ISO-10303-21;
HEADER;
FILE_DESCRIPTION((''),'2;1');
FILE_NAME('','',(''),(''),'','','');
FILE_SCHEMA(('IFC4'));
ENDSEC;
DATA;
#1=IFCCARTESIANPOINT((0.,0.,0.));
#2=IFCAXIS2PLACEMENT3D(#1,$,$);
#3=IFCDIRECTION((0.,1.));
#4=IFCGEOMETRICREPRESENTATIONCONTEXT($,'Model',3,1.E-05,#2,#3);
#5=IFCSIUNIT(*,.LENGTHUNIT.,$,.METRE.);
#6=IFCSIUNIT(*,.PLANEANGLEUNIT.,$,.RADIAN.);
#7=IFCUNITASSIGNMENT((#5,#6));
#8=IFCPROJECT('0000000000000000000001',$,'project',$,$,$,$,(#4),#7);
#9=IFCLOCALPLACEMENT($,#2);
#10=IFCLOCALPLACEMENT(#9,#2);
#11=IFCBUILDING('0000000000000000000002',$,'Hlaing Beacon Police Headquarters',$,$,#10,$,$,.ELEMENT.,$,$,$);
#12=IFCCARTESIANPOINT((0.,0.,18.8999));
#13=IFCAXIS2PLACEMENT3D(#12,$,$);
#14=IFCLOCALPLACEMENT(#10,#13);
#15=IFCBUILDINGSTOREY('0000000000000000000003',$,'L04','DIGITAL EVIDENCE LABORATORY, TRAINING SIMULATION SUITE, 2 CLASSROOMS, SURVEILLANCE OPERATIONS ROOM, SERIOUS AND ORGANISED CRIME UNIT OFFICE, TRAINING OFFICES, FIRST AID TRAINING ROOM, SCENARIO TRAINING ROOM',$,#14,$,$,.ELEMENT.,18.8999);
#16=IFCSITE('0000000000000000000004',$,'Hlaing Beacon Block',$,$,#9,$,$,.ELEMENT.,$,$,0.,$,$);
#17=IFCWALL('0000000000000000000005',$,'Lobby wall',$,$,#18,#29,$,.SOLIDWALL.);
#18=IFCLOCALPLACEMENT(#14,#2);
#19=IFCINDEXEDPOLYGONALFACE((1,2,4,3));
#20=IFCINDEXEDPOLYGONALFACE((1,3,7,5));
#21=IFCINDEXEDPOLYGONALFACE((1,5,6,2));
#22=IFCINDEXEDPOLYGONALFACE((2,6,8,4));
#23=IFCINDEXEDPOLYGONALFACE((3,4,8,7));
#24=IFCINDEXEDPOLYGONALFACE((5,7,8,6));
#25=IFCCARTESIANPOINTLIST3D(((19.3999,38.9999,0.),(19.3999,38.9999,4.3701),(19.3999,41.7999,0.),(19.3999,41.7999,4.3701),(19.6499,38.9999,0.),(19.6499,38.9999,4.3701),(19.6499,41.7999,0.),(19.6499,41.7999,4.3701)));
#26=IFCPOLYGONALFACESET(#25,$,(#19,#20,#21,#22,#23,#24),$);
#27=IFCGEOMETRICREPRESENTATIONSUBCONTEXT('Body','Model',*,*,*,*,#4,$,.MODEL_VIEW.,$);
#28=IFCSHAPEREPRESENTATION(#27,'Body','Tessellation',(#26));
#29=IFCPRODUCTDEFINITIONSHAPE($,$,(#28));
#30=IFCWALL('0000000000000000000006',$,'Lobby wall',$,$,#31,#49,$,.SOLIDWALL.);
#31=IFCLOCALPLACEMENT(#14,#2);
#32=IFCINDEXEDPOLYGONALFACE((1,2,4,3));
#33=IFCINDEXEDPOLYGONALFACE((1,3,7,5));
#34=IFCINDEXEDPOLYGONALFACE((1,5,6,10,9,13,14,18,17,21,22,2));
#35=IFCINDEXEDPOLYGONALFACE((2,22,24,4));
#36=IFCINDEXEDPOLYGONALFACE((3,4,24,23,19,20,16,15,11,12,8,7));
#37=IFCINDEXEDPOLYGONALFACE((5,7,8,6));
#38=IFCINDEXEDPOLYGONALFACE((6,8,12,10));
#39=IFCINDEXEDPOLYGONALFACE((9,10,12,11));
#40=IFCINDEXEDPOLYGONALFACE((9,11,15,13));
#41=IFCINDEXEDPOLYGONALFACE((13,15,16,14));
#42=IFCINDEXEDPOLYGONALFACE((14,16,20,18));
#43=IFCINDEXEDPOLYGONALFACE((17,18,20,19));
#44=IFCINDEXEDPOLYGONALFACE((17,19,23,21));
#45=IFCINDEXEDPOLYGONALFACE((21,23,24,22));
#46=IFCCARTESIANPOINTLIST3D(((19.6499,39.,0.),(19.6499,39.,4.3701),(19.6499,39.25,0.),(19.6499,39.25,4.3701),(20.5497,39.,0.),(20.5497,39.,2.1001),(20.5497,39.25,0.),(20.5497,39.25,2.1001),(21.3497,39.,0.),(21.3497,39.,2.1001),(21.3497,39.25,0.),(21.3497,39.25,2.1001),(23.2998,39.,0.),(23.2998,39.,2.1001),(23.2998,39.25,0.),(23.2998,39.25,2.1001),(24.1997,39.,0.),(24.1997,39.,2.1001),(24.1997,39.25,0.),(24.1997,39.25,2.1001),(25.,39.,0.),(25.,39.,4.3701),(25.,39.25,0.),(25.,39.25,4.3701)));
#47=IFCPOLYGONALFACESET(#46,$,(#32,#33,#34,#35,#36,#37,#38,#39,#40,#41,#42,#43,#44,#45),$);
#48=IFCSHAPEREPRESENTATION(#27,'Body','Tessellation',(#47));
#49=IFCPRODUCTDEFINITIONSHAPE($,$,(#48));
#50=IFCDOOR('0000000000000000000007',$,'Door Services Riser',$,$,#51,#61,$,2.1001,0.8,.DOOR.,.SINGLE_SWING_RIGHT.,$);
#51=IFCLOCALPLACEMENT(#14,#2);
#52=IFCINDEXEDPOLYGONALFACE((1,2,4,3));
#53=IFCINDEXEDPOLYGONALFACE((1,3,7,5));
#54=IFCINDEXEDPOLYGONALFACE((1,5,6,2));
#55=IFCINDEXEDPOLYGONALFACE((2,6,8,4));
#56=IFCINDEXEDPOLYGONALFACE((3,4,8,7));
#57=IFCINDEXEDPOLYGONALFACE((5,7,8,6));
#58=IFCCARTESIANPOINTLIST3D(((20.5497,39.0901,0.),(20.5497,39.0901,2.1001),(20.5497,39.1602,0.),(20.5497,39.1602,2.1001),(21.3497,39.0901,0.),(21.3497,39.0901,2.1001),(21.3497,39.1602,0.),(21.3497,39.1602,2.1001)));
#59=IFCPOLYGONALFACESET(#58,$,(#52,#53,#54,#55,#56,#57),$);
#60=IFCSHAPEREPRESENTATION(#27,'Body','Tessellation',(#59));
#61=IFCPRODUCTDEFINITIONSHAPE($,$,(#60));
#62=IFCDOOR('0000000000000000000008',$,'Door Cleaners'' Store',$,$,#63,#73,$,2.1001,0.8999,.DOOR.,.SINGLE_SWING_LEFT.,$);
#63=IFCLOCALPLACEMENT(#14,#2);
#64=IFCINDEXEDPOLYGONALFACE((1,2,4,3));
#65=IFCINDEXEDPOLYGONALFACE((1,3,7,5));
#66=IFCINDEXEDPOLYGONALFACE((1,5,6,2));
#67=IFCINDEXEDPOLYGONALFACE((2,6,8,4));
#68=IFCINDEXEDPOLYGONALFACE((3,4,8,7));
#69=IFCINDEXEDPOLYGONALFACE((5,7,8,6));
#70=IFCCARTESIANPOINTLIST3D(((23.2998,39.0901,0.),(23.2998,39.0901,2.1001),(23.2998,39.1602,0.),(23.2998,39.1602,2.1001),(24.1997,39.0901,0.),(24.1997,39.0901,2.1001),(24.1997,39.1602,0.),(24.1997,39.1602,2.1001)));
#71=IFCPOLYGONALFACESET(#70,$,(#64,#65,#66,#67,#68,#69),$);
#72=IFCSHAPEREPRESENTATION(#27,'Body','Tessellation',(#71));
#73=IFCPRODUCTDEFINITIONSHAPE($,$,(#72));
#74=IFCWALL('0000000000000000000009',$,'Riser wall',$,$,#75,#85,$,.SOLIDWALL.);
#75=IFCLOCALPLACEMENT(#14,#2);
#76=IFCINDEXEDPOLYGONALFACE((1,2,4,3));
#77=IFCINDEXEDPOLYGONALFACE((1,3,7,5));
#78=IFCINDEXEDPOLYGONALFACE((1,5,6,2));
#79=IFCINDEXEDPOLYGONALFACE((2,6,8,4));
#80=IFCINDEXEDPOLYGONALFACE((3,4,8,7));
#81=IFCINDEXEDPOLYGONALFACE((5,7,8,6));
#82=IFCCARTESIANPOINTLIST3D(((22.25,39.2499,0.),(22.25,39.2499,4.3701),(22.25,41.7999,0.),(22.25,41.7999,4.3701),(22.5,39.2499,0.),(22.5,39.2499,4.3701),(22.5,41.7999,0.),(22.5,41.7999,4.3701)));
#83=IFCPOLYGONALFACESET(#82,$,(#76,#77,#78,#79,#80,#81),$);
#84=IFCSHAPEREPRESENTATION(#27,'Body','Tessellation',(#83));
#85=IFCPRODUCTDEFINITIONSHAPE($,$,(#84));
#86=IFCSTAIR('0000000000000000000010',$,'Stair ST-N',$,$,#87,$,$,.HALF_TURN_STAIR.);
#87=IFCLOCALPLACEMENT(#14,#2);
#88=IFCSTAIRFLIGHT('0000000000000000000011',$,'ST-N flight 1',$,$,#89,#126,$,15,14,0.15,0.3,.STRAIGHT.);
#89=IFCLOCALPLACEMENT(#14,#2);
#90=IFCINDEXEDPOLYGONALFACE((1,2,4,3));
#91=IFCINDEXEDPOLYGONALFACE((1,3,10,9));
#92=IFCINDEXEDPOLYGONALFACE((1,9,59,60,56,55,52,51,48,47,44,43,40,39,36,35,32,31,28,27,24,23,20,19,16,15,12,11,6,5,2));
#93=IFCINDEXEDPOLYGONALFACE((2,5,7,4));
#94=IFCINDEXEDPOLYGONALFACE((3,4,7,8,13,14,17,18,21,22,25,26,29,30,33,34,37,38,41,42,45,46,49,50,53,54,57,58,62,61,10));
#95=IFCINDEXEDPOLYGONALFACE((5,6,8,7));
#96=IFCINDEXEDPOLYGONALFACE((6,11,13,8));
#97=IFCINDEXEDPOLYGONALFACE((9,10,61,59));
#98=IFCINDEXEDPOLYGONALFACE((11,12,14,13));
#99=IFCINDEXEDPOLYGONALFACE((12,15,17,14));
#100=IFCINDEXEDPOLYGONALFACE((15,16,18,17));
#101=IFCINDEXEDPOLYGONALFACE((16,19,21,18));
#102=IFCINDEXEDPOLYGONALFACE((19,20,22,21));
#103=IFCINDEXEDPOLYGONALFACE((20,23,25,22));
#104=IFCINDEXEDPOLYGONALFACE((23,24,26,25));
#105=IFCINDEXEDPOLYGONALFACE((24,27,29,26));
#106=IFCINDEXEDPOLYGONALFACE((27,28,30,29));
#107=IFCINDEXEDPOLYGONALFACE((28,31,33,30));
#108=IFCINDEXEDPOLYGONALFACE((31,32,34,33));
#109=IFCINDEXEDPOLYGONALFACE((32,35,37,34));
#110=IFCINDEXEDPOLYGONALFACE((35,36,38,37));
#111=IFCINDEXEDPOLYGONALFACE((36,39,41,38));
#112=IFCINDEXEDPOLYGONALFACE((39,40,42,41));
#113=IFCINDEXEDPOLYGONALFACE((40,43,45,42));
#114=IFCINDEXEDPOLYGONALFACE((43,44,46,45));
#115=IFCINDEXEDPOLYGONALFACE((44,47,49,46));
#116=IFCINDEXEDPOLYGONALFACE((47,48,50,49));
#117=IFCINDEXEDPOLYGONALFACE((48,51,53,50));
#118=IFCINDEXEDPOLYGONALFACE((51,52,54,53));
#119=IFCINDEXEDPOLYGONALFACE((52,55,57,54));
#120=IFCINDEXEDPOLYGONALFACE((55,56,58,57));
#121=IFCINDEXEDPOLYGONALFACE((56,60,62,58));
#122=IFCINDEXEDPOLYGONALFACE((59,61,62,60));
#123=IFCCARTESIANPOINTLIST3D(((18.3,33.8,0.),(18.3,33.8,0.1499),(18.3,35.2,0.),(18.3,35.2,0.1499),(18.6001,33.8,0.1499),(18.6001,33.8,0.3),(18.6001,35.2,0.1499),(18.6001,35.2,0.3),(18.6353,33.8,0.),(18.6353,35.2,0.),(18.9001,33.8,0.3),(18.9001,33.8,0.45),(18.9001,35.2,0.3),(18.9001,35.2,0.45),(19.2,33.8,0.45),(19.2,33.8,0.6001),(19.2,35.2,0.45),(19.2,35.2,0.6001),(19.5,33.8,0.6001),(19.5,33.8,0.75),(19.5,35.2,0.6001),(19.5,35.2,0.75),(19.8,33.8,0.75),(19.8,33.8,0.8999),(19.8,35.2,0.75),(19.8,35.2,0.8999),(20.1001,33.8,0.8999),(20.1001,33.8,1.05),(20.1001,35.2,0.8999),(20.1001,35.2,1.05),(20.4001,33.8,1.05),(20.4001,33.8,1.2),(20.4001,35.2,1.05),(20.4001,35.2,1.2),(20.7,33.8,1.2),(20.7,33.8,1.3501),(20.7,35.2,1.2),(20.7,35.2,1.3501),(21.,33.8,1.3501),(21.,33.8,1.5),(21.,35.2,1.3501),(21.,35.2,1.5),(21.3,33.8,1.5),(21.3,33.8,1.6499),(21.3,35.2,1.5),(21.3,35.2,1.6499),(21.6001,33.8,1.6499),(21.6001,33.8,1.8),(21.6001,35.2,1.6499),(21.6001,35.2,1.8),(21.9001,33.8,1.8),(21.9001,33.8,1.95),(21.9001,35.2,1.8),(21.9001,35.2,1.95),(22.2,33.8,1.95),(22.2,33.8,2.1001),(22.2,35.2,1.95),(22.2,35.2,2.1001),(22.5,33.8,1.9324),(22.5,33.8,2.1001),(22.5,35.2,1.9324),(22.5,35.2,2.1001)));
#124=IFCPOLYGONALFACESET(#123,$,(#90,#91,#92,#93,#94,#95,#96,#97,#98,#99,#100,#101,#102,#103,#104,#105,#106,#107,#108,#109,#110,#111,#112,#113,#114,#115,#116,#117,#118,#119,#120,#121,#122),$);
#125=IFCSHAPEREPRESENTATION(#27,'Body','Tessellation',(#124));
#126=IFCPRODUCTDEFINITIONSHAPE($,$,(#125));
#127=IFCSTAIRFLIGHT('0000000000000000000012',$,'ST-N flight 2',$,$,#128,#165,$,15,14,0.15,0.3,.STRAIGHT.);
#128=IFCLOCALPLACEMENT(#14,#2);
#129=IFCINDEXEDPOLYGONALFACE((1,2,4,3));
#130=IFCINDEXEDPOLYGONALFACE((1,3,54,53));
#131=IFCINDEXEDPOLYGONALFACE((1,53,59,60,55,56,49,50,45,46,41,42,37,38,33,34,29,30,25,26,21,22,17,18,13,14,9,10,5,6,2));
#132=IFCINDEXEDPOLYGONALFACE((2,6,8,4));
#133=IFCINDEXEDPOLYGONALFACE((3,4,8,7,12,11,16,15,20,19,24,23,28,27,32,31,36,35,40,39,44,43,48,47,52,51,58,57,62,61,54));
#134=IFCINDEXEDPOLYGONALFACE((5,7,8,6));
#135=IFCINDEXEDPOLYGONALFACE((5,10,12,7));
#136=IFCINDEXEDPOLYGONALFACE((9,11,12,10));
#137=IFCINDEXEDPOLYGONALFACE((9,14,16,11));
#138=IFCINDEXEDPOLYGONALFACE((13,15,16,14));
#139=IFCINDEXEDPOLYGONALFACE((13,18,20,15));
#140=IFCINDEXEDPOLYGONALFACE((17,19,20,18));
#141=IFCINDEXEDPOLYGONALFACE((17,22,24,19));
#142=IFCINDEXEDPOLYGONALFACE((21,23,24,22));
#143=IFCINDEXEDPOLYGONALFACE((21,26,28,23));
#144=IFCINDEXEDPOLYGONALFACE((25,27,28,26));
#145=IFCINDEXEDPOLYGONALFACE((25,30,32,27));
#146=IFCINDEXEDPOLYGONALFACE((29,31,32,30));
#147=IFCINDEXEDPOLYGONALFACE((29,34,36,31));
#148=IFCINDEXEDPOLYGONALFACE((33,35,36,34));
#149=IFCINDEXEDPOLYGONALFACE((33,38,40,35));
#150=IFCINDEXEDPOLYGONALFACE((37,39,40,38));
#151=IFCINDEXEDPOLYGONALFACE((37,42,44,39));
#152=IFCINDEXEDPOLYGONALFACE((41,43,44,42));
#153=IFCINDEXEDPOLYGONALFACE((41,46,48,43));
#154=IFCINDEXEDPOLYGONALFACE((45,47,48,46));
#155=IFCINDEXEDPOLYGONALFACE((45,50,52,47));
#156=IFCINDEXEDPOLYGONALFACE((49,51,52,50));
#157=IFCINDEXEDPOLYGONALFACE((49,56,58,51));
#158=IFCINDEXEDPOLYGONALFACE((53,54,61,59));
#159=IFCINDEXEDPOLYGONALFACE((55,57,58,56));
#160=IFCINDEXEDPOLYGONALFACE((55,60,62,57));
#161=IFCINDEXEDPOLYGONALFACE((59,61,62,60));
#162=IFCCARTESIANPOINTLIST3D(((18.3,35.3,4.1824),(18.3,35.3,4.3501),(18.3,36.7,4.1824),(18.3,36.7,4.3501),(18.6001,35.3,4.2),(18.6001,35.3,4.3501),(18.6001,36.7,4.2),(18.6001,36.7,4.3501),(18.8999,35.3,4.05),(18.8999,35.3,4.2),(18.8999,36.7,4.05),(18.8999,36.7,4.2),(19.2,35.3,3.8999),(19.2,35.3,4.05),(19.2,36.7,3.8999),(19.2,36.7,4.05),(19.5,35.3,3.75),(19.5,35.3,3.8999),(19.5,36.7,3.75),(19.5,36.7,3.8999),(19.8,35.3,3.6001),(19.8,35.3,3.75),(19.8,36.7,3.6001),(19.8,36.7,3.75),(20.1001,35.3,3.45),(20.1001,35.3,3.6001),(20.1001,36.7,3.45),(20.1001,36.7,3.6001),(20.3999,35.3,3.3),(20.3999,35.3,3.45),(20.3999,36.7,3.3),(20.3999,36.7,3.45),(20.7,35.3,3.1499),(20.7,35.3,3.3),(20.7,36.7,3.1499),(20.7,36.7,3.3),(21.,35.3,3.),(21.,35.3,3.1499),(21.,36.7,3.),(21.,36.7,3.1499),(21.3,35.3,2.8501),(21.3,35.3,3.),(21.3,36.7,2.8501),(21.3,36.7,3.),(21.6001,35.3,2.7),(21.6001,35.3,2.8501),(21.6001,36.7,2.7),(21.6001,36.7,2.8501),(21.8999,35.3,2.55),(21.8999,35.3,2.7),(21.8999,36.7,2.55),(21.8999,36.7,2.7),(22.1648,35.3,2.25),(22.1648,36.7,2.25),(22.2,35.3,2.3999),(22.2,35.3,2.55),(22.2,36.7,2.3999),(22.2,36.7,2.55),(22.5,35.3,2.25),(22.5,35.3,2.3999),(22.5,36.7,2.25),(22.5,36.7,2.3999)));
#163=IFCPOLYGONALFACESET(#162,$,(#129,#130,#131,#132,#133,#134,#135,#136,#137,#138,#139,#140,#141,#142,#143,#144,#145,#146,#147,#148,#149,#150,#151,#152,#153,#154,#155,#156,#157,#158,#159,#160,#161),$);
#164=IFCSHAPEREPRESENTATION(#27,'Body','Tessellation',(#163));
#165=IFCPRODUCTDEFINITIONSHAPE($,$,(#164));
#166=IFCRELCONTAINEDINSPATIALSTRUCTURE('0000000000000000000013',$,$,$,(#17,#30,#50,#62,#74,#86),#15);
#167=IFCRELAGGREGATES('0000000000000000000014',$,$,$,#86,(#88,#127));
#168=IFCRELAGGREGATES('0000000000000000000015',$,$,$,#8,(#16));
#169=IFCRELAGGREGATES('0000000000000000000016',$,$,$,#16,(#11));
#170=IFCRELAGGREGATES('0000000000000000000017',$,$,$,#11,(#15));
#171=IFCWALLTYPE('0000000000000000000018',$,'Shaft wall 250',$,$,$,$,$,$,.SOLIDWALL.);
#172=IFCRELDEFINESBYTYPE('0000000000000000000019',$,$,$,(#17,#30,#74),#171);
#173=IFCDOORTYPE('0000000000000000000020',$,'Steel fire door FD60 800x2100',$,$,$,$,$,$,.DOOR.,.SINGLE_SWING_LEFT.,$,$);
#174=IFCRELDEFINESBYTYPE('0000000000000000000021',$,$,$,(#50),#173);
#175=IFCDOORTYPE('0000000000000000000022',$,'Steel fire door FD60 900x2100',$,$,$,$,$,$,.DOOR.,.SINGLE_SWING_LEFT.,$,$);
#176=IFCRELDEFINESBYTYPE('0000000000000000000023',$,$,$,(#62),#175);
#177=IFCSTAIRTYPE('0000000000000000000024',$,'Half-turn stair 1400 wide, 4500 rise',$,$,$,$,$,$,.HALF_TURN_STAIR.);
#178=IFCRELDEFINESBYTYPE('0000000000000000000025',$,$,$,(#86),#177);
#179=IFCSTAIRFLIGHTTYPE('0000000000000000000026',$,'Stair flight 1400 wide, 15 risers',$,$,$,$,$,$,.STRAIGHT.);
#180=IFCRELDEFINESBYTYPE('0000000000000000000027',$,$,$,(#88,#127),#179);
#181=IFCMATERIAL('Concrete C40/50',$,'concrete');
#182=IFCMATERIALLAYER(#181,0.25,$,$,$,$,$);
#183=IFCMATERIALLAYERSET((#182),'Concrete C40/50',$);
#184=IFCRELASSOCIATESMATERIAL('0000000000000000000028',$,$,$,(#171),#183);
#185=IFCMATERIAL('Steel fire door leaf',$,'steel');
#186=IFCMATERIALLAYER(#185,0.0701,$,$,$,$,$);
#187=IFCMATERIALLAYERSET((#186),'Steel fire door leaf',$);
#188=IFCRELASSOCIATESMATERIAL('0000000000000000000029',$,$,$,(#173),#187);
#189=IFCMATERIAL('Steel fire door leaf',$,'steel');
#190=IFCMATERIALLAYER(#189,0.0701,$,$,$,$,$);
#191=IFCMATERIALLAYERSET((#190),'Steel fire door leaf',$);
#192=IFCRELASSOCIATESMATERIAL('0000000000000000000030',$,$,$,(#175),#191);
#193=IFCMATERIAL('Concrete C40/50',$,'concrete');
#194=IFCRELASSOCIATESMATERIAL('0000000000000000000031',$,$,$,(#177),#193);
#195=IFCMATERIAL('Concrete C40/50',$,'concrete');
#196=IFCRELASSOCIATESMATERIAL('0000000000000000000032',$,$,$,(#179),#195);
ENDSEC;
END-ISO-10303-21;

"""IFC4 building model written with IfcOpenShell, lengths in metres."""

from ifc_helpers import new_model, si_unit, direction, frame, frame_2d, origin, place, context, subcontext, project, spatial, polyline, rectangle, outline, extrude, material, layer, layer_set, type_object, element, fill, aggregate, save


model = new_model("IFC4")

# Units and contexts
model_context = context("Model", 3, precision=1e-05, world=origin(), true_north=direction((0.0, 1.0)))
body_context = subcontext(model_context, "Body", "Model", "MODEL_VIEW")
ifc_project = project(units=[si_unit("LENGTHUNIT", "METRE"), si_unit("PLANEANGLEUNIT", "RADIAN")], contexts=[model_context])

# Site, building, storey
site_placement = place(None, origin())
site = spatial("IfcSite", under=ifc_project, at=site_placement, Name="Hlaing Beacon Block", CompositionType="ELEMENT", RefElevation=0.0)
building_placement = place(site_placement, origin())
building = spatial("IfcBuilding", under=site, at=building_placement, Name="Hlaing Beacon Police Headquarters", CompositionType="ELEMENT")
storey_placement = place(building_placement, frame((0.0, 0.0, 18.8999)))
storey = spatial("IfcBuildingStorey", under=building, at=storey_placement, Name="L04", Description="DIGITAL EVIDENCE LABORATORY, TRAINING SIMULATION SUITE, 2 CLASSROOMS, SURVEILLANCE OPERATIONS ROOM, SERIOUS AND ORGANISED CRIME UNIT OFFICE, TRAINING OFFICES, FIRST AID TRAINING ROOM, SCENARIO TRAINING ROOM", CompositionType="ELEMENT", Elevation=18.8999)

# Shared definitions
ifc_material_1 = material(Name="Concrete C40/50", Category="concrete")
ifc_layer_1 = layer(ifc_material_1, 0.25)
ifc_layer_set_1 = layer_set([ifc_layer_1], Name="Concrete C40/50")
wall_type_1 = type_object("IfcWallType", Name="Shaft wall 250", PredefinedType="SOLIDWALL", material=ifc_layer_set_1)

# Wall
wall_1_placement = place(storey_placement, frame((19.5249, 39.0, 0.0), z_axis=(0.0, 0.0, 1.0), x_axis=(0.0, 1.0, 0.0)))
element("IfcWall", 1, at=wall_1_placement, inside=storey, type_object=wall_type_1, Name="Lobby wall", PredefinedType="SOLIDWALL", context=body_context, shape_type="SweptSolid", body=[
    extrude(rectangle(XDim=2.8, YDim=0.25, at=frame_2d((1.3999, 0.0))), origin(), (0.0, 0.0, 1.0), 4.3701),
])

# Wall, openings, doors
wall_2_placement = place(storey_placement, frame((19.6499, 39.125, 0.0), z_axis=(0.0, 0.0, 1.0), x_axis=(1.0, 0.0, 0.0)))
wall_2 = element("IfcWall", 2, at=wall_2_placement, inside=storey, type_object=wall_type_1, Name="Lobby wall", PredefinedType="SOLIDWALL", context=body_context, shape_type="SweptSolid", body=[
    extrude(rectangle(XDim=5.3501, YDim=0.25, at=frame_2d((2.675, 0.0))), origin(), (0.0, 0.0, 1.0), 4.3701),
])
opening_1_placement = place(wall_2_placement, frame((3.6499, 0.0, 0.0)))
opening_1 = element("IfcOpeningElement", 3, at=opening_1_placement, cuts=wall_2, PredefinedType="OPENING", context=body_context, shape_type="SweptSolid", body=[
    extrude(rectangle(XDim=0.8999, YDim=2.1001, at=frame_2d((0.45, 1.05))), frame((0.0, 0.135, 0.0), z_axis=(0.0, -1.0, 0.0), x_axis=(1.0, 0.0, 0.0)), (0.0, 0.0, 1.0), 0.27),
])
opening_2_placement = place(wall_2_placement, frame((0.8999, 0.0, 0.0)))
opening_2 = element("IfcOpeningElement", 4, at=opening_2_placement, cuts=wall_2, PredefinedType="OPENING", context=body_context, shape_type="SweptSolid", body=[
    extrude(rectangle(XDim=0.8, YDim=2.1001, at=frame_2d((0.3999, 1.05))), frame((0.0, 0.135, 0.0), z_axis=(0.0, -1.0, 0.0), x_axis=(1.0, 0.0, 0.0)), (0.0, 0.0, 1.0), 0.27),
])
ifc_material_2 = material(Name="Steel fire door leaf", Category="steel")
ifc_layer_2 = layer(ifc_material_2, 0.0701)
ifc_layer_set_2 = layer_set([ifc_layer_2], Name="Steel fire door leaf")
door_type_1 = type_object("IfcDoorType", Name="Steel fire door FD60 800x2100", OperationType="SINGLE_SWING_LEFT", PredefinedType="DOOR", material=ifc_layer_set_2)
door_1_placement = place(opening_2_placement, origin())
door_1 = element("IfcDoor", 5, at=door_1_placement, inside=storey, type_object=door_type_1, Name="Door Services Riser", OperationType="SINGLE_SWING_RIGHT", OverallHeight=2.1001, OverallWidth=0.8, PredefinedType="DOOR", context=body_context, shape_type="SweptSolid", body=[
    extrude(rectangle(XDim=0.8, YDim=2.1001, at=frame_2d((0.3999, 1.05))), frame((0.0, 0.0352, 0.0), z_axis=(0.0, -1.0, 0.0), x_axis=(1.0, 0.0, 0.0)), (0.0, 0.0, 1.0), 0.0701),
])
fill(opening_2, door_1)
ifc_material_3 = material(Name="Steel fire door leaf", Category="steel")
ifc_layer_3 = layer(ifc_material_3, 0.0701)
ifc_layer_set_3 = layer_set([ifc_layer_3], Name="Steel fire door leaf")
door_type_2 = type_object("IfcDoorType", Name="Steel fire door FD60 900x2100", OperationType="SINGLE_SWING_LEFT", PredefinedType="DOOR", material=ifc_layer_set_3)
door_2_placement = place(opening_1_placement, origin())
door_2 = element("IfcDoor", 6, at=door_2_placement, inside=storey, type_object=door_type_2, Name="Door Cleaners' Store", OperationType="SINGLE_SWING_LEFT", OverallHeight=2.1001, OverallWidth=0.8999, PredefinedType="DOOR", context=body_context, shape_type="SweptSolid", body=[
    extrude(rectangle(XDim=0.8999, YDim=2.1001, at=frame_2d((0.45, 1.05))), frame((0.0, 0.0352, 0.0), z_axis=(0.0, -1.0, 0.0), x_axis=(1.0, 0.0, 0.0)), (0.0, 0.0, 1.0), 0.0701),
])
fill(opening_1, door_2)

# Wall
wall_3_placement = place(storey_placement, frame((22.375, 39.25, 0.0), z_axis=(0.0, 0.0, 1.0), x_axis=(0.0, 1.0, 0.0)))
element("IfcWall", 7, at=wall_3_placement, inside=storey, type_object=wall_type_1, Name="Riser wall", PredefinedType="SOLIDWALL", context=body_context, shape_type="SweptSolid", body=[
    extrude(rectangle(XDim=2.55, YDim=0.25, at=frame_2d((1.2749, 0.0))), origin(), (0.0, 0.0, 1.0), 4.3701),
])

# Stair, stair flights
ifc_material_4 = material(Name="Concrete C40/50", Category="concrete")
stair_type = type_object("IfcStairType", Name="Half-turn stair 1400 wide, 4500 rise", PredefinedType="HALF_TURN_STAIR", material=ifc_material_4)
stair_placement = place(storey_placement, origin())
stair = element("IfcStair", 8, at=stair_placement, inside=storey, type_object=stair_type, Name="Stair ST-N", PredefinedType="HALF_TURN_STAIR")
ifc_material_5 = material(Name="Concrete C40/50", Category="concrete")
stair_flight_type = type_object("IfcStairFlightType", Name="Stair flight 1400 wide, 15 risers", PredefinedType="STRAIGHT", material=ifc_material_5)
stair_flight_1_placement = place(storey_placement, frame((18.3, 34.5, 0.0), z_axis=(0.0, 0.0, 1.0), x_axis=(1.0, 0.0, 0.0)))
stair_flight_1 = element("IfcStairFlight", 9, at=stair_flight_1_placement, type_object=stair_flight_type, Name="ST-N flight 1", NumberOfRisers=15, NumberOfTreads=14, PredefinedType="STRAIGHT", RiserHeight=0.15, TreadLength=0.3, context=body_context, shape_type="SweptSolid", body=[
    extrude(outline(polyline([(0.0, 0.0), (0.0, 0.1499), (0.3, 0.1499), (0.3, 0.3), (0.6001, 0.3), (0.6001, 0.45), (0.8999, 0.45), (0.8999, 0.6001), (1.2, 0.6001), (1.2, 0.75), (1.5, 0.75), (1.5, 0.8999), (1.8, 0.8999), (1.8, 1.05), (2.1001, 1.05), (2.1001, 1.2), (2.3999, 1.2), (2.3999, 1.3501), (2.7, 1.3501), (2.7, 1.5), (3.0, 1.5), (3.0, 1.6499), (3.3, 1.6499), (3.3, 1.8), (3.6001, 1.8), (3.6001, 1.95), (3.8999, 1.95), (3.8999, 2.1001), (4.2, 2.1001), (4.2, 2.25), (4.2, 1.9324), (0.3352, 0.0), (0.0, 0.0)])), frame((0.0, 0.7, 0.0), z_axis=(0.0, -1.0, 0.0), x_axis=(1.0, 0.0, 0.0)), (0.0, 0.0, 1.0), 1.3999),
])
stair_flight_2_placement = place(storey_placement, frame((22.5, 36.0, 2.25), z_axis=(0.0, 0.0, 1.0), x_axis=(-1.0, 0.0, 0.0)))
stair_flight_2 = element("IfcStairFlight", 10, at=stair_flight_2_placement, type_object=stair_flight_type, Name="ST-N flight 2", NumberOfRisers=15, NumberOfTreads=14, PredefinedType="STRAIGHT", RiserHeight=0.15, TreadLength=0.3, context=body_context, shape_type="SweptSolid", body=[
    extrude(outline(polyline([(0.0, 0.0), (0.0, 0.1499), (0.3, 0.1499), (0.3, 0.3), (0.6001, 0.3), (0.6001, 0.45), (0.8999, 0.45), (0.8999, 0.6001), (1.2, 0.6001), (1.2, 0.75), (1.5, 0.75), (1.5, 0.8999), (1.8, 0.8999), (1.8, 1.05), (2.1001, 1.05), (2.1001, 1.2), (2.3999, 1.2), (2.3999, 1.3501), (2.7, 1.3501), (2.7, 1.5), (3.0, 1.5), (3.0, 1.6499), (3.3, 1.6499), (3.3, 1.8), (3.6001, 1.8), (3.6001, 1.95), (3.8999, 1.95), (3.8999, 2.1001), (4.2, 2.1001), (4.2, 2.25), (4.2, 1.9324), (0.3352, 0.0), (0.0, 0.0)])), frame((0.0, 0.7, 0.0), z_axis=(0.0, -1.0, 0.0), x_axis=(1.0, 0.0, 0.0)), (0.0, 0.0, 1.0), 1.3999),
])
aggregate(stair, [stair_flight_1, stair_flight_2])

save(model, "model.ifc")
